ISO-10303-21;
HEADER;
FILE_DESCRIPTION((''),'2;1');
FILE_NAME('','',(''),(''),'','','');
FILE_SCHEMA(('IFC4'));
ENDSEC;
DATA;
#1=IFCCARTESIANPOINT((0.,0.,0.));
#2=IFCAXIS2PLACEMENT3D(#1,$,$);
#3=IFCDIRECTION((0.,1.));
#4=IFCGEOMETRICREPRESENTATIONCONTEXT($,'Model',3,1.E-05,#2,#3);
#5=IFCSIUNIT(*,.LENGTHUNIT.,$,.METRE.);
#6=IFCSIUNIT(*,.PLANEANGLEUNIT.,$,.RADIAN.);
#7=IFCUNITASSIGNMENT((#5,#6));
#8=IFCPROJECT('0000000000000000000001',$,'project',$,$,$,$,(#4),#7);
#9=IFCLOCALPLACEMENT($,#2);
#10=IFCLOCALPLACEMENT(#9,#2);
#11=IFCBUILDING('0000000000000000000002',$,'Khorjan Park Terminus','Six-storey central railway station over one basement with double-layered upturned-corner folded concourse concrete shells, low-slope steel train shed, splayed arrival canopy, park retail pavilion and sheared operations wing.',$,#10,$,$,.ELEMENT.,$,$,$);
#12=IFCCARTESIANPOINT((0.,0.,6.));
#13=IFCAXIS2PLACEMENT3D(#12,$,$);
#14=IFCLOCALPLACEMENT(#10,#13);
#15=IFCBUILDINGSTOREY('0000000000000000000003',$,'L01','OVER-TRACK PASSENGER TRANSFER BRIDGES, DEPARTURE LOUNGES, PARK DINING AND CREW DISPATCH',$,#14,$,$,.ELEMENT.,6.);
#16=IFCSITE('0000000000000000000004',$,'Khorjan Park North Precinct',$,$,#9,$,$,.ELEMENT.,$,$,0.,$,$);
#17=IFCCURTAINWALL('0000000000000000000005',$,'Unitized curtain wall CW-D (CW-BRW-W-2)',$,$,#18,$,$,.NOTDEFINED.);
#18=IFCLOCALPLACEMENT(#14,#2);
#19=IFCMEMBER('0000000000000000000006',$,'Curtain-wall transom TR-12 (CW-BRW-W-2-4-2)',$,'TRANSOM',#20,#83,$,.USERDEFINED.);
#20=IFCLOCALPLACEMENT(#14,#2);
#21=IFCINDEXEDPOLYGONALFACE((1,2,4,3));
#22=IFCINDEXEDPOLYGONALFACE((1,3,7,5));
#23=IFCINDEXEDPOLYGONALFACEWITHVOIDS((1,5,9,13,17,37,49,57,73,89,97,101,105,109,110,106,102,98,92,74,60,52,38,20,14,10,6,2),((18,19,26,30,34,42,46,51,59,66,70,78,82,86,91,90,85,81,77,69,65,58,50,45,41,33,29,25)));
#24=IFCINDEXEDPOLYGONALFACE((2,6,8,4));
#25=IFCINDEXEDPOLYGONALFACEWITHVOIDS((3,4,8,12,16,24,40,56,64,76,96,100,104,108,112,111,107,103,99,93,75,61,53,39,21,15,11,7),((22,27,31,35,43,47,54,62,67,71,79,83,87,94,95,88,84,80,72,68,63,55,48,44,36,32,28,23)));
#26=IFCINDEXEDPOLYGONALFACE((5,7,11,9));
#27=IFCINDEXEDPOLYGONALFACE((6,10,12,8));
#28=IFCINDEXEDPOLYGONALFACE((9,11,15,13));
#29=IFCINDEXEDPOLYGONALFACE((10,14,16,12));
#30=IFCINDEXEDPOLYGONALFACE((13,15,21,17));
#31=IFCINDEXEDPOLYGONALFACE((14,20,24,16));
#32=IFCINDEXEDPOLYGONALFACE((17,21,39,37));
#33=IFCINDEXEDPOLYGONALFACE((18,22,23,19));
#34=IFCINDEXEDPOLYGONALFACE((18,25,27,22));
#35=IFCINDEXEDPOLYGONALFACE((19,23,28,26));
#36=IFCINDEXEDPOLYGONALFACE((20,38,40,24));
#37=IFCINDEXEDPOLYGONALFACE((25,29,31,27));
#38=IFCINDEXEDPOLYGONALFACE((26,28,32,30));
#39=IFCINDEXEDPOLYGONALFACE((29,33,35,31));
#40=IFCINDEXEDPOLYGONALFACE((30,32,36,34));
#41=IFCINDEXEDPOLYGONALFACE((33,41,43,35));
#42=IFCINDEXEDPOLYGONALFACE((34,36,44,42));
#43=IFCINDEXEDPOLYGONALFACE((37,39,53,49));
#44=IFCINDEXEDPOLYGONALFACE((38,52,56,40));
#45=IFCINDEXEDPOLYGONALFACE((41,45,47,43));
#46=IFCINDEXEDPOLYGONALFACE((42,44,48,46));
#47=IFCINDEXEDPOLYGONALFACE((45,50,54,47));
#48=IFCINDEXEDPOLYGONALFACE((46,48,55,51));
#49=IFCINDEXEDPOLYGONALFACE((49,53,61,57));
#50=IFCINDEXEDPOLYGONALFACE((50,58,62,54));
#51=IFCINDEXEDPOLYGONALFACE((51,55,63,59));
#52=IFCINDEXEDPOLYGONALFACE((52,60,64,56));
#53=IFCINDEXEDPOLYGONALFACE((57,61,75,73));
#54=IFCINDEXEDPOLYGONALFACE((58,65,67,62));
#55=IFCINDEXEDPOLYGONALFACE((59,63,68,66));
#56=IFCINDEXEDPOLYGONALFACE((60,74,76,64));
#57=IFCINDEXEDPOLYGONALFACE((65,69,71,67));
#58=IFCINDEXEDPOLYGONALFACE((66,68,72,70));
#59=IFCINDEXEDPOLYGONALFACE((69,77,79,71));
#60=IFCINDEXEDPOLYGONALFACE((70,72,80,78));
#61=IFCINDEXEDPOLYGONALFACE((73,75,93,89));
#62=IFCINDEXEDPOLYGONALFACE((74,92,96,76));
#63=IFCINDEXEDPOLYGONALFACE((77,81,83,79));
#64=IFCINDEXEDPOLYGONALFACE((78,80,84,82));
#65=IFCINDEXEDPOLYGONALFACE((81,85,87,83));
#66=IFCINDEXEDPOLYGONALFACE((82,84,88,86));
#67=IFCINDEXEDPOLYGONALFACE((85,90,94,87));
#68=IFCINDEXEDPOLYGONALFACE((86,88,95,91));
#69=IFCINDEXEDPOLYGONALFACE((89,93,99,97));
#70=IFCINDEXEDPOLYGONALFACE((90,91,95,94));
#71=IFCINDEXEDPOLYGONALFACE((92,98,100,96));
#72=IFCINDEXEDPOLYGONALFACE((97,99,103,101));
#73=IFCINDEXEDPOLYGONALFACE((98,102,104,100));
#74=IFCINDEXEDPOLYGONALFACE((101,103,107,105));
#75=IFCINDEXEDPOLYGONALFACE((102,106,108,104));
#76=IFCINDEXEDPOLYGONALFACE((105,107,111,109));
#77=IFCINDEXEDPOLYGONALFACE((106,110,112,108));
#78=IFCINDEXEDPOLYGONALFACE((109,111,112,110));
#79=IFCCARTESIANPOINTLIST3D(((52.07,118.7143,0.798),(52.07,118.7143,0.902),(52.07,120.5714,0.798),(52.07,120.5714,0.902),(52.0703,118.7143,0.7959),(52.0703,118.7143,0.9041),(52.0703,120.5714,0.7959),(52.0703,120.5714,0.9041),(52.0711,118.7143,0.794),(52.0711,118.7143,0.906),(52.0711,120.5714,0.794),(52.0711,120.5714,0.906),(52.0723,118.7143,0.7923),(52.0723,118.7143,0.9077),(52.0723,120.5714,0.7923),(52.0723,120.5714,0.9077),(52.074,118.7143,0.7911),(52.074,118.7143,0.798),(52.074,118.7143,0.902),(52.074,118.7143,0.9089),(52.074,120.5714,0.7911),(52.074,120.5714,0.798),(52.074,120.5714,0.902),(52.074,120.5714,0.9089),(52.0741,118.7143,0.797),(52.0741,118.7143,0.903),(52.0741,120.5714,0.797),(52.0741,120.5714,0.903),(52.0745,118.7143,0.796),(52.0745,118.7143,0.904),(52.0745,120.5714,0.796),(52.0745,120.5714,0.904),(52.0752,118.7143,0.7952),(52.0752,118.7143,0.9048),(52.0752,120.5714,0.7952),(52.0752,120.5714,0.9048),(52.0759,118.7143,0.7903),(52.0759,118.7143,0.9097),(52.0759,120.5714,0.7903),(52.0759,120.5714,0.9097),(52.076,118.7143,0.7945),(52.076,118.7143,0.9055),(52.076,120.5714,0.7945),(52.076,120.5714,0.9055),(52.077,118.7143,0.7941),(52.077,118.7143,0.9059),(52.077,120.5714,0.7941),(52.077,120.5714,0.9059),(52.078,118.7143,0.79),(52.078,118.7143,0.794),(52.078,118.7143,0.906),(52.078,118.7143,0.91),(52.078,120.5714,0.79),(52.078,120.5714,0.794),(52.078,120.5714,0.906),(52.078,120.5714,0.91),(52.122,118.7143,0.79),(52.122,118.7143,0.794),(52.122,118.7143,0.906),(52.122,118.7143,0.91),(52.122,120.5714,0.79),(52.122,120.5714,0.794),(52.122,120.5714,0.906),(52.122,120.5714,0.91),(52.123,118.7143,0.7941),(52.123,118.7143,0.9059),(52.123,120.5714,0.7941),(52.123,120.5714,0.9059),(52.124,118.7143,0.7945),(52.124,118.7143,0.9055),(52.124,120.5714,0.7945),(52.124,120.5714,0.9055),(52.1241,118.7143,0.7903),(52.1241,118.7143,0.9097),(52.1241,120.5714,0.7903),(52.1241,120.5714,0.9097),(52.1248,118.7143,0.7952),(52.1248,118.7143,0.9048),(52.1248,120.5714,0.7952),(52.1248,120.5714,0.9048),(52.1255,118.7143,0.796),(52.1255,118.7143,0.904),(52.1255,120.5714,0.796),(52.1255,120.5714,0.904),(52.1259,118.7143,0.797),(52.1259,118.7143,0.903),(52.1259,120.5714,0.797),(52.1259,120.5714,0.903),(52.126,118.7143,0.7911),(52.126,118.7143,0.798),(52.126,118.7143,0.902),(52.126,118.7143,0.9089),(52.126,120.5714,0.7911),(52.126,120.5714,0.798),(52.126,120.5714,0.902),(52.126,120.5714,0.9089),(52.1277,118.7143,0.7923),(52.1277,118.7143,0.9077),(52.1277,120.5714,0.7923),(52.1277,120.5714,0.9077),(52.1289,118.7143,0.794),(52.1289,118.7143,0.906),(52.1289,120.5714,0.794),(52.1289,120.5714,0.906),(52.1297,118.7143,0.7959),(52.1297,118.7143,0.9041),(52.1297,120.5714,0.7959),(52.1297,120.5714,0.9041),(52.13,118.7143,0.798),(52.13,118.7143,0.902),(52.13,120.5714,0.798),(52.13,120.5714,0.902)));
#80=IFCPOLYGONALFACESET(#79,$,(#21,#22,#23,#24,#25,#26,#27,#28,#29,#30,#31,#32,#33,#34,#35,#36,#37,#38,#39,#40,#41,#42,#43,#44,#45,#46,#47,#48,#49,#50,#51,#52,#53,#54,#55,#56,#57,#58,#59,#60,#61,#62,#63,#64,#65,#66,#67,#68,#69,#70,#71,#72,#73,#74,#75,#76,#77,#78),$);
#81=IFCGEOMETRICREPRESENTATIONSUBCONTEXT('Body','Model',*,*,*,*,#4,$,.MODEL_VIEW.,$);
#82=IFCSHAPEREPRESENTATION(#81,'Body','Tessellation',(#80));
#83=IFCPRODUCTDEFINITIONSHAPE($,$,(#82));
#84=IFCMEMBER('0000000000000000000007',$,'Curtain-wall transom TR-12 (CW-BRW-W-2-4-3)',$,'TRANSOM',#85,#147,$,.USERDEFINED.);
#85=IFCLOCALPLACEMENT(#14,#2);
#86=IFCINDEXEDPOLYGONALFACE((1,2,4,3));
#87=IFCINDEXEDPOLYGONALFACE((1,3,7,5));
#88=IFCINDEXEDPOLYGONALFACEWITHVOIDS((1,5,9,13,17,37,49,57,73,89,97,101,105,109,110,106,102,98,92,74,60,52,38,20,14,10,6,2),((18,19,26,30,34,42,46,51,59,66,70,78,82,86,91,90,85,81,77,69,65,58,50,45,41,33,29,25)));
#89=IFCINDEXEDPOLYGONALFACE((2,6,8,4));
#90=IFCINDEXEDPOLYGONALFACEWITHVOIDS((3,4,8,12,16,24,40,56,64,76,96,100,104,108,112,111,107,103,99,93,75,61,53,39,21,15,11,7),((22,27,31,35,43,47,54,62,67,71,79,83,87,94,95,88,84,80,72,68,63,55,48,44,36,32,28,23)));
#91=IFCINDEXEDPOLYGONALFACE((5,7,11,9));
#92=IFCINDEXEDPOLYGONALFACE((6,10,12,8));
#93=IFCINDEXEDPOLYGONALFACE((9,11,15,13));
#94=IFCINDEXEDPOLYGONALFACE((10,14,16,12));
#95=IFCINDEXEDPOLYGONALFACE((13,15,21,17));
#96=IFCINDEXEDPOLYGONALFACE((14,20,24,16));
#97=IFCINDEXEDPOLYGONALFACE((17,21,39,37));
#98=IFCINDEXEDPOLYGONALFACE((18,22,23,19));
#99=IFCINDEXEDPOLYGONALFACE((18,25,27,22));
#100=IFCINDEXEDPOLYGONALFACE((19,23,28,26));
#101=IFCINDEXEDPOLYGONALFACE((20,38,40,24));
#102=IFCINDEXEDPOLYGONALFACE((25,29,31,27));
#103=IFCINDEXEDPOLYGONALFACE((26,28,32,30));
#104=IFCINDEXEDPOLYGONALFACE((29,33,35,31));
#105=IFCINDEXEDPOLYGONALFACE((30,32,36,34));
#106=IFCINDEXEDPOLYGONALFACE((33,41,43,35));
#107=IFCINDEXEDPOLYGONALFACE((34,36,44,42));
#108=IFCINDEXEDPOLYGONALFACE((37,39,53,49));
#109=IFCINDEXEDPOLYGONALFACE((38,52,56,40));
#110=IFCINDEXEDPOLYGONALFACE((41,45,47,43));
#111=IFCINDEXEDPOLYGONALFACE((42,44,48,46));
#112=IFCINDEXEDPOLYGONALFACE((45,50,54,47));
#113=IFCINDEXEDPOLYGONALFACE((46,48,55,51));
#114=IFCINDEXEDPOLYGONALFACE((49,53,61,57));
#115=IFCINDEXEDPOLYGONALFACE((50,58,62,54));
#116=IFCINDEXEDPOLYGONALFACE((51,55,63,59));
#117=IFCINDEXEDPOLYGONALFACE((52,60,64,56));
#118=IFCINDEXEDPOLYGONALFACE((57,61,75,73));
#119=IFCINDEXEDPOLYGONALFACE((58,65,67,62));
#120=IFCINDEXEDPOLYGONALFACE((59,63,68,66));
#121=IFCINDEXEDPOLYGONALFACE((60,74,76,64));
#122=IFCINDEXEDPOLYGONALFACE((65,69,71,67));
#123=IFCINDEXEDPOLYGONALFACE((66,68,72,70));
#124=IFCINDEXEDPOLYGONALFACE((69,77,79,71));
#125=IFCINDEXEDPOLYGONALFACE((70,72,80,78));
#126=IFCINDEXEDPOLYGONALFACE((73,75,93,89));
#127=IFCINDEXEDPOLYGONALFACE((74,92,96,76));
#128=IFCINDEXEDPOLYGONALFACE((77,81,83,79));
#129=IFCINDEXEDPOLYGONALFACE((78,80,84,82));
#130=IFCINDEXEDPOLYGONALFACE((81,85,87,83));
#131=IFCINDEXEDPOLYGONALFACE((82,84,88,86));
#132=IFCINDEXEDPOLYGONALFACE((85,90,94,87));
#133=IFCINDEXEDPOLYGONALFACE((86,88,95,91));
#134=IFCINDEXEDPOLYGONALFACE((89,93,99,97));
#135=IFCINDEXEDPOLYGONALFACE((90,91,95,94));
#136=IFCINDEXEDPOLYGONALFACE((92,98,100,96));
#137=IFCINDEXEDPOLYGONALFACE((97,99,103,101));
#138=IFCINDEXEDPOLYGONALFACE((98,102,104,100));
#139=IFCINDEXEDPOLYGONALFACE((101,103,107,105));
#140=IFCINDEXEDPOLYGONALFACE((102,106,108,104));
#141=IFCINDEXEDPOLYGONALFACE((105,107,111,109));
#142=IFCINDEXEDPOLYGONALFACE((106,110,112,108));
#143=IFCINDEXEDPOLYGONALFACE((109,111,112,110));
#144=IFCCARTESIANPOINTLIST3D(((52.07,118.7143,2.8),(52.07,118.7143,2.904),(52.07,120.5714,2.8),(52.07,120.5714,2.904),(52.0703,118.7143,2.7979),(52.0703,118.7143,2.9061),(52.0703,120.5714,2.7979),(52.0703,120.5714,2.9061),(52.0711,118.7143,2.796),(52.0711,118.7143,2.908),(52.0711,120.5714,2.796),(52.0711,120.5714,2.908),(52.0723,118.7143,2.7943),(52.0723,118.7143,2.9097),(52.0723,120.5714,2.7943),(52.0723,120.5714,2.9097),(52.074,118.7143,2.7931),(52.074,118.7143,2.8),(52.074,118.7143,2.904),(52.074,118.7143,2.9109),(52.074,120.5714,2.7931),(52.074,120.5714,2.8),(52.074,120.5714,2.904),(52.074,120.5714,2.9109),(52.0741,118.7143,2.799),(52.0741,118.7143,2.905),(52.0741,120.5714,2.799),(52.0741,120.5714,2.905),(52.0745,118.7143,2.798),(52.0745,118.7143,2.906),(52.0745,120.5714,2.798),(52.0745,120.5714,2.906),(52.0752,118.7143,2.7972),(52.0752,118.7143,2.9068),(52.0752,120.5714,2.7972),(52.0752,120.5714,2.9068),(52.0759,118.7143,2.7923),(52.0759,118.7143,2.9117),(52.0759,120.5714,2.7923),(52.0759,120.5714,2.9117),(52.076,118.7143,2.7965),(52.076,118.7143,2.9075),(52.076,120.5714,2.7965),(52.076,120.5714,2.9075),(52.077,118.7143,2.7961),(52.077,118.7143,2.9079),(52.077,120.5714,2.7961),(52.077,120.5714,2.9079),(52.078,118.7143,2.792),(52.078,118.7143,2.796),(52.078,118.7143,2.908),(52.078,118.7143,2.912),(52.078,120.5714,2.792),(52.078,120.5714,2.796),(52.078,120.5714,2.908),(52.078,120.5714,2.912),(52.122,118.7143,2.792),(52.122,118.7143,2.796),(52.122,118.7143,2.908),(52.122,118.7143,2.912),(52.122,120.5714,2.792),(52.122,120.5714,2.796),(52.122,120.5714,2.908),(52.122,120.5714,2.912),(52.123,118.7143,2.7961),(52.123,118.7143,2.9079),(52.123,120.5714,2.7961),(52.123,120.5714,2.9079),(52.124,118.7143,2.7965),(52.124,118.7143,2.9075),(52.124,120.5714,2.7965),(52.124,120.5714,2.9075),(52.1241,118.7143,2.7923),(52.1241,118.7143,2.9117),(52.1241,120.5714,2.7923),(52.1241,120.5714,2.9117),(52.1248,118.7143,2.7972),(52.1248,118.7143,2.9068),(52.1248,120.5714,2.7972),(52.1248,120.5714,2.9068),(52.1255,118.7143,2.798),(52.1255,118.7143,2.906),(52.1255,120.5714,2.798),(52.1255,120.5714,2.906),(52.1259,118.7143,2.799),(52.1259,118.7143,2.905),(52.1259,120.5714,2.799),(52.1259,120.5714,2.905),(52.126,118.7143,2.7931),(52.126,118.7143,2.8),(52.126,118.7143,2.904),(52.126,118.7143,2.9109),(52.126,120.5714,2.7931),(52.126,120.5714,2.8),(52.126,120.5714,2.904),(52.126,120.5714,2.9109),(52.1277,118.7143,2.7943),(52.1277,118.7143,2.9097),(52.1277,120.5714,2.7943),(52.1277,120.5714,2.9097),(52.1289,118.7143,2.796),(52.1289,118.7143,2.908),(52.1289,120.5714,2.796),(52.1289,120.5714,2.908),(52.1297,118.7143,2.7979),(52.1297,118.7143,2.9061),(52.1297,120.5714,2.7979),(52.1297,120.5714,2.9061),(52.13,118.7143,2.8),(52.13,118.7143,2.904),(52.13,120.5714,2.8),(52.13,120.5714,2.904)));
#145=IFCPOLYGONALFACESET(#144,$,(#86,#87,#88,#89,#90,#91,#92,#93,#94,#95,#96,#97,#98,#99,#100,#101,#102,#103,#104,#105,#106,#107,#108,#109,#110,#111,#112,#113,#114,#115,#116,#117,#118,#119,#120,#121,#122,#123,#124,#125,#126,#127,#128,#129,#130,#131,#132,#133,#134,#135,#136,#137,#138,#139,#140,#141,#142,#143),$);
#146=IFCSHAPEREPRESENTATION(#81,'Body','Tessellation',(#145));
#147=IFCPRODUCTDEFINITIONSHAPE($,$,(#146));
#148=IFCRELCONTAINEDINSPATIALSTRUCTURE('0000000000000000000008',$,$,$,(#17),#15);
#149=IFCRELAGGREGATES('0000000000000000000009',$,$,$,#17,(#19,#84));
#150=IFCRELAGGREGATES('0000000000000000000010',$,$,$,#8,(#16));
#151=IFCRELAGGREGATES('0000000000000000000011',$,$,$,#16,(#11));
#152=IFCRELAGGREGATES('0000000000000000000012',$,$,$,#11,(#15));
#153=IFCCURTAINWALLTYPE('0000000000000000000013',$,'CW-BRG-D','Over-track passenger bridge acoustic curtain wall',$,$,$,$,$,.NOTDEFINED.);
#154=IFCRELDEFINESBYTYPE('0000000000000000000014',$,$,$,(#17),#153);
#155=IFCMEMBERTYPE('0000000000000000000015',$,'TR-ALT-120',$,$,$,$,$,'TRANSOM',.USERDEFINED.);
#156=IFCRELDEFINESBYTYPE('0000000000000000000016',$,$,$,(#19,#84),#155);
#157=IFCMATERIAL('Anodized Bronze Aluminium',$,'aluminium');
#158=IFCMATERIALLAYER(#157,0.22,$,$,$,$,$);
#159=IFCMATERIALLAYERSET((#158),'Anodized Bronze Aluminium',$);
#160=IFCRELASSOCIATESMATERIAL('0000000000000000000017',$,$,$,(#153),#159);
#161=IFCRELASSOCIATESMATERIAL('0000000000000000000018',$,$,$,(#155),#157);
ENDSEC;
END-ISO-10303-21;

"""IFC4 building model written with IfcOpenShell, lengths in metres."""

from ifc_helpers import new_model, si_unit, direction, frame, origin, origin_2d, place, context, subcontext, project, spatial, hollow_rectangle, extrude, material, layer, layer_set, material_profile, profile_set, type_object, element, aggregate, save


model = new_model("IFC4")

# Units and contexts
model_context = context("Model", 3, precision=1e-05, world=origin(), true_north=direction((0.0, 1.0)))
body_context = subcontext(model_context, "Body", "Model", "MODEL_VIEW")
ifc_project = project(units=[si_unit("LENGTHUNIT", "METRE"), si_unit("PLANEANGLEUNIT", "RADIAN")], contexts=[model_context])

# Site, building, storey
site_placement = place(None, origin())
site = spatial("IfcSite", under=ifc_project, at=site_placement, Name="Khorjan Park North Precinct", CompositionType="ELEMENT", RefElevation=0.0)
building_placement = place(site_placement, origin())
building = spatial("IfcBuilding", under=site, at=building_placement, Name="Khorjan Park Terminus", Description="Six-storey central railway station over one basement with double-layered upturned-corner folded concourse concrete shells, low-slope steel train shed, splayed arrival canopy, park retail pavilion and sheared operations wing.", CompositionType="ELEMENT")
storey_placement = place(building_placement, frame((0.0, 0.0, 6.0)))
storey = spatial("IfcBuildingStorey", under=building, at=storey_placement, Name="L01", Description="OVER-TRACK PASSENGER TRANSFER BRIDGES, DEPARTURE LOUNGES, PARK DINING AND CREW DISPATCH", CompositionType="ELEMENT", Elevation=6.0)

# Curtain wall, members
ifc_material_1 = material(Name="Anodized Bronze Aluminium", Category="aluminium")
ifc_layer_1 = layer(ifc_material_1, 0.22)
ifc_layer_set_1 = layer_set([ifc_layer_1], Name="Anodized Bronze Aluminium")
curtain_wall_type = type_object("IfcCurtainWallType", Name="CW-BRG-D", Description="Over-track passenger bridge acoustic curtain wall", PredefinedType="NOTDEFINED", material=ifc_layer_set_1)
curtain_wall_placement = place(storey_placement, origin())
curtain_wall = element("IfcCurtainWall", 1, at=curtain_wall_placement, inside=storey, type_object=curtain_wall_type, Name="Unitized curtain wall CW-D (CW-BRW-W-2)", PredefinedType="NOTDEFINED")
ifc_material_profile_1 = material_profile(ifc_material_1, hollow_rectangle(XDim=0.06, YDim=0.12, WallThickness=0.004, InnerFilletRadius=0.004, OuterFilletRadius=0.008, at=origin_2d()), Name="ALT 60x120x4")
ifc_profile_set_1 = profile_set([ifc_material_profile_1], Name="Anodized Bronze Aluminium")
member_type_1 = type_object("IfcMemberType", Name="TR-ALT-120", ElementType="TRANSOM", PredefinedType="USERDEFINED", material=ifc_profile_set_1)
member_1_placement = place(storey_placement, frame((52.1, 120.5714, 0.85), z_axis=(0.0, -1.0, 0.0), x_axis=(1.0, 0.0, 0.0)))
member_1 = element("IfcMember", 2, at=member_1_placement, type_object=member_type_1, Name="Curtain-wall transom TR-12 (CW-BRW-W-2-4-2)", ObjectType="TRANSOM", PredefinedType="USERDEFINED", context=body_context, shape_type="SweptSolid", body=[
    extrude(hollow_rectangle(XDim=0.06, YDim=0.12, WallThickness=0.004, InnerFilletRadius=0.004, OuterFilletRadius=0.008, at=origin_2d()), origin(), (0.0, 0.0, 1.0), 1.8571),
])
member_2_placement = place(storey_placement, frame((52.1, 120.5714, 2.852), z_axis=(0.0, -1.0, 0.0), x_axis=(1.0, 0.0, 0.0)))
member_2 = element("IfcMember", 3, at=member_2_placement, type_object=member_type_1, Name="Curtain-wall transom TR-12 (CW-BRW-W-2-4-3)", ObjectType="TRANSOM", PredefinedType="USERDEFINED", context=body_context, shape_type="SweptSolid", body=[
    extrude(hollow_rectangle(XDim=0.06, YDim=0.12, WallThickness=0.004, InnerFilletRadius=0.004, OuterFilletRadius=0.008, at=origin_2d()), origin(), (0.0, 0.0, 1.0), 1.8571),
])
aggregate(curtain_wall, [member_1, member_2])

save(model, "model.ifc")
